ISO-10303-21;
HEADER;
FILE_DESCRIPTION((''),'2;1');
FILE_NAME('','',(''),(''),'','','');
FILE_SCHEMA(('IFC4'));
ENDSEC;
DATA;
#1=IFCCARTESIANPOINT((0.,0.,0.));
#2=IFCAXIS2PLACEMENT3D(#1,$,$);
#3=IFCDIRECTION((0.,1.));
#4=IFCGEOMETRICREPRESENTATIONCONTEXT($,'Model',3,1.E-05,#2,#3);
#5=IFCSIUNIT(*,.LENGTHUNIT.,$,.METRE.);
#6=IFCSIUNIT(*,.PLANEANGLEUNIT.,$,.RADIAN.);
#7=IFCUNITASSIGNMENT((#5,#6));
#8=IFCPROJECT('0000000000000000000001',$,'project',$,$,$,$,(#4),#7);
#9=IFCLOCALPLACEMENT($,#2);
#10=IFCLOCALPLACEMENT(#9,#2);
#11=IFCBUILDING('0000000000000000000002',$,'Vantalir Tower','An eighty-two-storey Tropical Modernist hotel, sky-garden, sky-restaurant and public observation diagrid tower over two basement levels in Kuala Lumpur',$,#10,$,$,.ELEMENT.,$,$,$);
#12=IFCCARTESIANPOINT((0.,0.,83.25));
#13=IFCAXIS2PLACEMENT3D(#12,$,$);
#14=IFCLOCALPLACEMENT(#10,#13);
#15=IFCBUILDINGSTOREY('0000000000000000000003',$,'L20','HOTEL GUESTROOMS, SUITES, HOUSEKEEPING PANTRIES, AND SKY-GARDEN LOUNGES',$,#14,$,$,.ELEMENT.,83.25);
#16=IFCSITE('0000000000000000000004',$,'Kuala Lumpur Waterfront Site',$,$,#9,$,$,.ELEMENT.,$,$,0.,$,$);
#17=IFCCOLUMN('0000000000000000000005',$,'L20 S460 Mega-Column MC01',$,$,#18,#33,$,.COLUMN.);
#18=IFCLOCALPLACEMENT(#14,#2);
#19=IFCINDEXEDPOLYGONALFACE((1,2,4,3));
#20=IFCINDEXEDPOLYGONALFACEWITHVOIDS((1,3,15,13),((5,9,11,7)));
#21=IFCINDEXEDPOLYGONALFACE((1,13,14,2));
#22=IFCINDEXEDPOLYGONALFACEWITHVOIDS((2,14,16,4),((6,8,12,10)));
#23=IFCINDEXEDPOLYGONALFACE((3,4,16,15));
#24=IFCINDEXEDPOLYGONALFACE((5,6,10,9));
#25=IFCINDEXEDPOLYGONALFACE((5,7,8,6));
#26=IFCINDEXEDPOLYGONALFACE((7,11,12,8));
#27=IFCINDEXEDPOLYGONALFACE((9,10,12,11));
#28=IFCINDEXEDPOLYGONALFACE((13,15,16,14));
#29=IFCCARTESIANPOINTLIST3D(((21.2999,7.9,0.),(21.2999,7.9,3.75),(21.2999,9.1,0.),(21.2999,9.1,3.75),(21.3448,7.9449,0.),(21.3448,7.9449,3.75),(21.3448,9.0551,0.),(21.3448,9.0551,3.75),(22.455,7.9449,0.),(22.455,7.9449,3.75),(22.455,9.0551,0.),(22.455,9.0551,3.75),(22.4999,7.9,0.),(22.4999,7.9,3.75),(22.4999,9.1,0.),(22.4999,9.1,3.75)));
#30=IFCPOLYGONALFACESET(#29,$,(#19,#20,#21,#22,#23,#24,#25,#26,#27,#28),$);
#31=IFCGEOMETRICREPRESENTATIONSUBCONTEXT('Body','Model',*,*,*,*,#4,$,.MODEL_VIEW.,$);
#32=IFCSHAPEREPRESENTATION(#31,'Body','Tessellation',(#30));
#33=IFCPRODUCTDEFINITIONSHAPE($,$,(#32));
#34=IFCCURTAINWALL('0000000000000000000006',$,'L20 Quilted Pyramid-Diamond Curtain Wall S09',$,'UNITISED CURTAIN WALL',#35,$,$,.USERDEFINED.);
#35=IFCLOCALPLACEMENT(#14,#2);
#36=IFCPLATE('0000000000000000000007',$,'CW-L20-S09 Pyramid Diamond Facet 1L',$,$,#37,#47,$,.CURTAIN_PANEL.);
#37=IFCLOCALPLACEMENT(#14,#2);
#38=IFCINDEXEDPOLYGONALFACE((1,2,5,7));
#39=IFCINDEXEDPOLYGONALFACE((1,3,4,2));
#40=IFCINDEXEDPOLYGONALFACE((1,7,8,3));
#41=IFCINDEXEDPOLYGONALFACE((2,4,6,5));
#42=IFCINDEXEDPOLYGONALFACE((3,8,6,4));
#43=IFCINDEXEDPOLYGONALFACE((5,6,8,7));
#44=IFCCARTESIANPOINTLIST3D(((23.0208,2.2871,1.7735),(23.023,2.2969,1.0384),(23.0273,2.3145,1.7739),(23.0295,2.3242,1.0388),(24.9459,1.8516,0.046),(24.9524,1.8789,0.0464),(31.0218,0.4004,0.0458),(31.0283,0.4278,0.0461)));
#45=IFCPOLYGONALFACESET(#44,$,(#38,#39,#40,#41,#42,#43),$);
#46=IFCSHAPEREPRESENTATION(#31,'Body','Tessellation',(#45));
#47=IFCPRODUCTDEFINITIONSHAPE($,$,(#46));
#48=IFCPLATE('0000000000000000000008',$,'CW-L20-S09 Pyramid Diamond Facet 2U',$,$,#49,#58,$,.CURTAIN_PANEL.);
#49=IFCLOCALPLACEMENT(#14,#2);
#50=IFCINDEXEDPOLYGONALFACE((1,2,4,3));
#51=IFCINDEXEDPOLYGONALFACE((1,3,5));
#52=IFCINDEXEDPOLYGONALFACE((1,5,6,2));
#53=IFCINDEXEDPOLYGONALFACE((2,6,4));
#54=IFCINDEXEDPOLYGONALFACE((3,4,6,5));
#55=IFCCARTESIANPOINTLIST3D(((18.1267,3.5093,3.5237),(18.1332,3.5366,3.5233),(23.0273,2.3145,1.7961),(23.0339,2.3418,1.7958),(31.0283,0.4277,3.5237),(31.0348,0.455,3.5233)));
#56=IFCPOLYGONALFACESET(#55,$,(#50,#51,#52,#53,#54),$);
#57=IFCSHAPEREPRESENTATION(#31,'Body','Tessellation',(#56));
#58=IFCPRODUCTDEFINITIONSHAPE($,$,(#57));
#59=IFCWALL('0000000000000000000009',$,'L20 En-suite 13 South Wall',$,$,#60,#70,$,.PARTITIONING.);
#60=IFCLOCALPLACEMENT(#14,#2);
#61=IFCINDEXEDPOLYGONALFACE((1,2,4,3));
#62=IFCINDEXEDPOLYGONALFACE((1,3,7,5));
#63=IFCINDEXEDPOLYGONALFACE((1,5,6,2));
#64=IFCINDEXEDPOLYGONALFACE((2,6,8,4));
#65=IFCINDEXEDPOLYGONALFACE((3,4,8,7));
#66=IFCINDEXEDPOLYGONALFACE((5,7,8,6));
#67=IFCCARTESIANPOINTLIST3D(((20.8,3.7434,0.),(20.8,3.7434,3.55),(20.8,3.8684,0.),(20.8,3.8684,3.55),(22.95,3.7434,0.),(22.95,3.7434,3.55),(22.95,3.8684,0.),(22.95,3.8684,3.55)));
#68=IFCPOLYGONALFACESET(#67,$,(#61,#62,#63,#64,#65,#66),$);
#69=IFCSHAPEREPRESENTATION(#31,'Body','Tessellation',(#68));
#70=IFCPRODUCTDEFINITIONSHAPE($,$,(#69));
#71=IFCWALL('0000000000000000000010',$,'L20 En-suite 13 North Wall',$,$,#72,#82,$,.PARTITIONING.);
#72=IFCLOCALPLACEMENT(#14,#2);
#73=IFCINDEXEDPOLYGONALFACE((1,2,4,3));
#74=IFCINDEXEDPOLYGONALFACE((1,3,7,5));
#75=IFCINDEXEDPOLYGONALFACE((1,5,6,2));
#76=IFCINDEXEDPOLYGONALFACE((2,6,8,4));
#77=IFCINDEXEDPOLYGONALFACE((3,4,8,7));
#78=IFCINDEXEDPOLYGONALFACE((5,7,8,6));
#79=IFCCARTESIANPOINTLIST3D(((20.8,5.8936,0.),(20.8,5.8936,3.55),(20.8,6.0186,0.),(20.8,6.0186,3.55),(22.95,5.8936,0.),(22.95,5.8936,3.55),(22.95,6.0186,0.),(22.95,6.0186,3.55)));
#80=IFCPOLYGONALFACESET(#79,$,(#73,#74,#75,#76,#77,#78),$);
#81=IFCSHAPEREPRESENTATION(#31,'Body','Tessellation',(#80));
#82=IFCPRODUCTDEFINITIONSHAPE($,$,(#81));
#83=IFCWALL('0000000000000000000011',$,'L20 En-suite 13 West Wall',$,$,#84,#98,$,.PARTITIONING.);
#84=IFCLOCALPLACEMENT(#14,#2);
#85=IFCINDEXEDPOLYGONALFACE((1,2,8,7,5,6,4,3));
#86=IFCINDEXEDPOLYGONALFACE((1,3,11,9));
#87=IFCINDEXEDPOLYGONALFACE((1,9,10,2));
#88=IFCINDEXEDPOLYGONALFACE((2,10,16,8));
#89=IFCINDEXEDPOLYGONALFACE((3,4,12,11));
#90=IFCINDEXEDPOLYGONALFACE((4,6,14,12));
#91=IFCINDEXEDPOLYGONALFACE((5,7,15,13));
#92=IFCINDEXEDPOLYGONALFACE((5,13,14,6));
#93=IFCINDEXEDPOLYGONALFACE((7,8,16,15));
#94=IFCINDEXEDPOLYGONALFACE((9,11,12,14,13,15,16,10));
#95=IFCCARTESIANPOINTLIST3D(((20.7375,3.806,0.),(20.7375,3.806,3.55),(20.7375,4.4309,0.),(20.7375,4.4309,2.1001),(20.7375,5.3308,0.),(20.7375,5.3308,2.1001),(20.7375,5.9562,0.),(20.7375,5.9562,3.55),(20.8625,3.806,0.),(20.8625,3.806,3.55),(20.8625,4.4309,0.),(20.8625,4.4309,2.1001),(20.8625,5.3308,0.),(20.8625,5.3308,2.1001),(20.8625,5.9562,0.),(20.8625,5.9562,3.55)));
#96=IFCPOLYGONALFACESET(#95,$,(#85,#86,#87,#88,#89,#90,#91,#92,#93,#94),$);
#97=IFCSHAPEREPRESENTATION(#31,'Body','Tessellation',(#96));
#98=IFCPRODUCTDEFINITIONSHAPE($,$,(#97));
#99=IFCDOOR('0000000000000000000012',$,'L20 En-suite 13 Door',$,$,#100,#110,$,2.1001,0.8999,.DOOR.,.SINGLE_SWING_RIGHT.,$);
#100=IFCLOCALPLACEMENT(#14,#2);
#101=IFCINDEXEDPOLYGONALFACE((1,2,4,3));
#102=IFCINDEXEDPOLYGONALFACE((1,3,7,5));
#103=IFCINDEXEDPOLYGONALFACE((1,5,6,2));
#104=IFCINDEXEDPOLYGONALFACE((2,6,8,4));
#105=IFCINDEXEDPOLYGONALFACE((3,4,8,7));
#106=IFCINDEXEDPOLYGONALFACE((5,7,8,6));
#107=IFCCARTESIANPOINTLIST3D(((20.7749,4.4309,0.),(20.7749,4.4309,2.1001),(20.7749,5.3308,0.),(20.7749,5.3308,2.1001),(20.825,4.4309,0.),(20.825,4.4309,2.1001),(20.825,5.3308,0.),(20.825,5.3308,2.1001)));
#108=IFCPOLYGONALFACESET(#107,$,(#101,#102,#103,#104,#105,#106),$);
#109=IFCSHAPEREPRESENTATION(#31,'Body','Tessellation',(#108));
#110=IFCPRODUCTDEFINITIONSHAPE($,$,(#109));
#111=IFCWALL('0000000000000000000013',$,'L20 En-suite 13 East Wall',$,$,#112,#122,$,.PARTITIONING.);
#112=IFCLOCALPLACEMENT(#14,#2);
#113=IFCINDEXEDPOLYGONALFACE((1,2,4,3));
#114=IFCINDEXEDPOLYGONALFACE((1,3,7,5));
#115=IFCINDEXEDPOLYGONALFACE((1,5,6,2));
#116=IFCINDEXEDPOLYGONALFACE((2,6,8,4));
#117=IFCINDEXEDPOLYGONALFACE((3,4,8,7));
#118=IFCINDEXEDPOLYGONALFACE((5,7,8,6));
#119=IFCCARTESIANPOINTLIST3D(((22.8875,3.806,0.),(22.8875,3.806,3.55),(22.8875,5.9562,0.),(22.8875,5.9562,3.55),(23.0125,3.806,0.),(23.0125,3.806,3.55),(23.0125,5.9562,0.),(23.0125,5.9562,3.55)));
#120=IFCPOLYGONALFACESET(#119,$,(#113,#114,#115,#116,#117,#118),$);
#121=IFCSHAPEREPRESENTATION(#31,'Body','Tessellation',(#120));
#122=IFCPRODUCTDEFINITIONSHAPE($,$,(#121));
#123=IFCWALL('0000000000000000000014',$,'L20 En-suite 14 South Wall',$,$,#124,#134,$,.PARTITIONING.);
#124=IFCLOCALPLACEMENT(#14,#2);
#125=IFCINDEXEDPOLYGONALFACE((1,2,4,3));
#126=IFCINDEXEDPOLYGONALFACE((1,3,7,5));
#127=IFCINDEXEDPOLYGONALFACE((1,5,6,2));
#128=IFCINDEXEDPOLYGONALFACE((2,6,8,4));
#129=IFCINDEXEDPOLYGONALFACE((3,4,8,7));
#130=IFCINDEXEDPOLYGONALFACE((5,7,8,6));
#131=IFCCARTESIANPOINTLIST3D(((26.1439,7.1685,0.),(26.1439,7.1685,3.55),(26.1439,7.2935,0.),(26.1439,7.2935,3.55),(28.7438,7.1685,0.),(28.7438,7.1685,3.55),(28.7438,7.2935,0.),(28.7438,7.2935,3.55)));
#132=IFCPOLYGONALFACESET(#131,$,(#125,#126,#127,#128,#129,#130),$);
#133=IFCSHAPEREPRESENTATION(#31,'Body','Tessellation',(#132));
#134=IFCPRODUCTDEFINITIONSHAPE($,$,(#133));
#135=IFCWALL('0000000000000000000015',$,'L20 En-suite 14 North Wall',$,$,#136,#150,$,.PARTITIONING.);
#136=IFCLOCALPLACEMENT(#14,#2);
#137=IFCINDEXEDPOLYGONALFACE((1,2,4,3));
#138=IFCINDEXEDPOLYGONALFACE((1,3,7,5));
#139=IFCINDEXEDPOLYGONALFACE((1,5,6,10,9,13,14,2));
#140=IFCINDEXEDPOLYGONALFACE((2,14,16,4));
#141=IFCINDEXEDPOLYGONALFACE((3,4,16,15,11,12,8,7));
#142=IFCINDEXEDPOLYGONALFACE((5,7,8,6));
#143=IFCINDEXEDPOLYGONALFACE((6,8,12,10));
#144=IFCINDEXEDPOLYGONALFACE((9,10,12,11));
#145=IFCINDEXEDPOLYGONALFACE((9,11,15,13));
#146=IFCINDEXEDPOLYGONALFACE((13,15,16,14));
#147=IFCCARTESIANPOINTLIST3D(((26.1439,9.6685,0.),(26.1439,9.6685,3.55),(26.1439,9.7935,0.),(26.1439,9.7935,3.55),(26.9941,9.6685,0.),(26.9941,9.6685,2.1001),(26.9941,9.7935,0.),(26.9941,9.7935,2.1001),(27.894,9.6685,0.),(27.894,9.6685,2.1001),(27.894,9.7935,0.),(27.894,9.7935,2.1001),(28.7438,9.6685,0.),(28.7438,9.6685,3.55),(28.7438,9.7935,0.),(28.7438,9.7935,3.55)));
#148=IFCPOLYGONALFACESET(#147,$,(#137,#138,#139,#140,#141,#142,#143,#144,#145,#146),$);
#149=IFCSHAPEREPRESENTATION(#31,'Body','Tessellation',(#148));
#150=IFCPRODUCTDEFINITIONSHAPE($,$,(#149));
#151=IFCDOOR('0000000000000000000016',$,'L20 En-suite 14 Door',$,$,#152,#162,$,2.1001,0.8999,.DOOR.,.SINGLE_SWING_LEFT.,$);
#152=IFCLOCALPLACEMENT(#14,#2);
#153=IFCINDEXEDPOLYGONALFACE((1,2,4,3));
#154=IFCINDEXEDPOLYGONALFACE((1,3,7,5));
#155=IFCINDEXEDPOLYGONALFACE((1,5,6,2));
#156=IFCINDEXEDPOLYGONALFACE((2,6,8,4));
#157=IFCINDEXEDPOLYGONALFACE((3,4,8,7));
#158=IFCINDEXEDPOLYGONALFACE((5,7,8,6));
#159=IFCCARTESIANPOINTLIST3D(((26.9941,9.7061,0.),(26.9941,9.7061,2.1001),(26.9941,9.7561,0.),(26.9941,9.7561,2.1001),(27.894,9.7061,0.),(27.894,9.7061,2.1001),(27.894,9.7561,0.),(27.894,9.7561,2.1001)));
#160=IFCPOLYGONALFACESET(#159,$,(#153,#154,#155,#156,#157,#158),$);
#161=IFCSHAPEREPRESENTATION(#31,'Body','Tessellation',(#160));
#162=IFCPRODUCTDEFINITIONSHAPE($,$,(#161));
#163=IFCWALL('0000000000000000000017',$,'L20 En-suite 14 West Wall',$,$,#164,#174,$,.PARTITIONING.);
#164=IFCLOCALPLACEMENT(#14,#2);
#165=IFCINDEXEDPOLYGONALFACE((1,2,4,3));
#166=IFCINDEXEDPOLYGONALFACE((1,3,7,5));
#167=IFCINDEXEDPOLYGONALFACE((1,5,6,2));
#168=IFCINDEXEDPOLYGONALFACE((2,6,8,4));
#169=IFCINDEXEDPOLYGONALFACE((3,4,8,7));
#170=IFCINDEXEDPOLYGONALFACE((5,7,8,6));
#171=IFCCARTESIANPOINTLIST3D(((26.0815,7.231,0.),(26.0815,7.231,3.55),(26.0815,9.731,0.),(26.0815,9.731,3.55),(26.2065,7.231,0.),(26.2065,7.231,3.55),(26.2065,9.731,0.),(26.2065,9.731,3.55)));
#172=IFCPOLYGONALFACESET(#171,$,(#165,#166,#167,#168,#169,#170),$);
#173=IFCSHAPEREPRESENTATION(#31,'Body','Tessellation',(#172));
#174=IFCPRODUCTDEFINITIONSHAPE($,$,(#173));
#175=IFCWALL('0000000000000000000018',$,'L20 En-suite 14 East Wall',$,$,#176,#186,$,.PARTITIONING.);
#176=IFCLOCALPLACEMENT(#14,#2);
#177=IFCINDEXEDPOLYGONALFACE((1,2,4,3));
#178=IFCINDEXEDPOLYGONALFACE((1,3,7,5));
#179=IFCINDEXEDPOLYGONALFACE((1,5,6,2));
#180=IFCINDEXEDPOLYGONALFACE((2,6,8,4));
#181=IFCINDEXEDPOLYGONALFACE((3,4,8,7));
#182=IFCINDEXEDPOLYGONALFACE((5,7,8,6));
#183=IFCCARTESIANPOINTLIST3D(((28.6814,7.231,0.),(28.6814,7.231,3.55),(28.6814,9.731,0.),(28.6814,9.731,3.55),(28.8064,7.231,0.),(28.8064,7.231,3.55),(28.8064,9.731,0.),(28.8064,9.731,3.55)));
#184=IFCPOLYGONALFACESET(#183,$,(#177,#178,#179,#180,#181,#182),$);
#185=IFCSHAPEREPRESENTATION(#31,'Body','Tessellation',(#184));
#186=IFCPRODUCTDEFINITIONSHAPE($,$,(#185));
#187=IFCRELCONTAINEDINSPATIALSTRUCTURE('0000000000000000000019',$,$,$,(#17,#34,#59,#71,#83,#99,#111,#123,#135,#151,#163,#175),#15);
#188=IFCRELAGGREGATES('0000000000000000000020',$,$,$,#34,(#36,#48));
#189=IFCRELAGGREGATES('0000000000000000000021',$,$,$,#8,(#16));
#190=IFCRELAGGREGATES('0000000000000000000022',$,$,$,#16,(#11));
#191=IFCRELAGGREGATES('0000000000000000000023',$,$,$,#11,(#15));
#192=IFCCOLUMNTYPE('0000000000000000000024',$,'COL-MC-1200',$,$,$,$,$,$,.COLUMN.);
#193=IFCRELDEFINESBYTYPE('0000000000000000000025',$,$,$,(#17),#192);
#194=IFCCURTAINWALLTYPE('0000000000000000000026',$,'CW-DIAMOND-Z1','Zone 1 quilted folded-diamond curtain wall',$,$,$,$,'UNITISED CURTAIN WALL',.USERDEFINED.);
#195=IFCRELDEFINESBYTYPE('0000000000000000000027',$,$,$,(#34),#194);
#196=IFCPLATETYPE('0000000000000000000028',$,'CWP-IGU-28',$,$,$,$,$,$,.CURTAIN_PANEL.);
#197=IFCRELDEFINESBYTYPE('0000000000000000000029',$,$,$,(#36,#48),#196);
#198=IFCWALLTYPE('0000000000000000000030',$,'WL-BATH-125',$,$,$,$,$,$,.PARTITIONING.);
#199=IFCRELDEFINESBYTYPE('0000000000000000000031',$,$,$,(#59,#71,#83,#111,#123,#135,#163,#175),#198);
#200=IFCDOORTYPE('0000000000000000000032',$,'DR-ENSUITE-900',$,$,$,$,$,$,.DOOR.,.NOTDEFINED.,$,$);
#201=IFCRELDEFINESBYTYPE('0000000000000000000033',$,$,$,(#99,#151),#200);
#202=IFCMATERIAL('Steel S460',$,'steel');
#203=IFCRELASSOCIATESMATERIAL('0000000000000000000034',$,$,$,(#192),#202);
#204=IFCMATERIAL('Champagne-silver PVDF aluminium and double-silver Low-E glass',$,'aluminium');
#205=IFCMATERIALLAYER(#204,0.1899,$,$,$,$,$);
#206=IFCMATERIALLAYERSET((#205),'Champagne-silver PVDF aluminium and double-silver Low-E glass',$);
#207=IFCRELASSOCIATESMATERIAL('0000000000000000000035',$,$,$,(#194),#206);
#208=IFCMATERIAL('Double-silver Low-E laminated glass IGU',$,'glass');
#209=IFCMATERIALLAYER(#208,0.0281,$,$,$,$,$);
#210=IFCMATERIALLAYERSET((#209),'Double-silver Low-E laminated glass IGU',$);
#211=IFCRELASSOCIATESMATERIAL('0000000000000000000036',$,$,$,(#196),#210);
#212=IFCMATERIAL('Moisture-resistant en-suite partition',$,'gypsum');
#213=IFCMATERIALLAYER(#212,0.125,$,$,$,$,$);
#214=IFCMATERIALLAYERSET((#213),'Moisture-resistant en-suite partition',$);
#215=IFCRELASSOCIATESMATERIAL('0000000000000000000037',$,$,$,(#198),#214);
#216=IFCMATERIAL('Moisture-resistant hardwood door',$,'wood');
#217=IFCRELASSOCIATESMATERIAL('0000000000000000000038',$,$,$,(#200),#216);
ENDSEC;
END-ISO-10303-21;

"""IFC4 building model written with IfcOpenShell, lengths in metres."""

from ifc_helpers import new_model, si_unit, direction, frame, frame_2d, origin, origin_2d, place, context, subcontext, project, spatial, polyline, rectangle, hollow_rectangle, outline, extrude, material, layer, layer_set, material_profile, profile_set, type_object, element, fill, aggregate, save


model = new_model("IFC4")

# Units and contexts
model_context = context("Model", 3, precision=1e-05, world=origin(), true_north=direction((0.0, 1.0)))
body_context = subcontext(model_context, "Body", "Model", "MODEL_VIEW")
ifc_project = project(units=[si_unit("LENGTHUNIT", "METRE"), si_unit("PLANEANGLEUNIT", "RADIAN")], contexts=[model_context])

# Site, building, storey
site_placement = place(None, origin())
site = spatial("IfcSite", under=ifc_project, at=site_placement, Name="Kuala Lumpur Waterfront Site", CompositionType="ELEMENT", RefElevation=0.0)
building_placement = place(site_placement, origin())
building = spatial("IfcBuilding", under=site, at=building_placement, Name="Vantalir Tower", Description="An eighty-two-storey Tropical Modernist hotel, sky-garden, sky-restaurant and public observation diagrid tower over two basement levels in Kuala Lumpur", CompositionType="ELEMENT")
storey_placement = place(building_placement, frame((0.0, 0.0, 83.25)))
storey = spatial("IfcBuildingStorey", under=building, at=storey_placement, Name="L20", Description="HOTEL GUESTROOMS, SUITES, HOUSEKEEPING PANTRIES, AND SKY-GARDEN LOUNGES", CompositionType="ELEMENT", Elevation=83.25)

# Column
ifc_material_1 = material(Name="Steel S460", Category="steel")
ifc_material_profile = material_profile(ifc_material_1, hollow_rectangle(XDim=1.2, YDim=1.2, WallThickness=0.0449, at=origin_2d()), Name="Steel S460")
ifc_profile_set = profile_set([ifc_material_profile], Name="Steel S460")
column_type = type_object("IfcColumnType", Name="COL-MC-1200", PredefinedType="COLUMN", material=ifc_profile_set)
column_placement = place(storey_placement, frame((21.8999, 8.5, 0.0), z_axis=(0.0, 0.0, 1.0), x_axis=(1.0, 0.0, 0.0)))
element("IfcColumn", 1, at=column_placement, inside=storey, type_object=column_type, Name="L20 S460 Mega-Column MC01", PredefinedType="COLUMN", context=body_context, shape_type="SweptSolid", body=[
    extrude(hollow_rectangle(XDim=1.2, YDim=1.2, WallThickness=0.0449, at=origin_2d()), origin(), (0.0, 0.0, 1.0), 3.75),
])

# Curtain wall, plates
ifc_material_2 = material(Name="Champagne-silver PVDF aluminium and double-silver Low-E glass", Category="aluminium")
ifc_layer_1 = layer(ifc_material_2, 0.1899)
ifc_layer_set_1 = layer_set([ifc_layer_1], Name="Champagne-silver PVDF aluminium and double-silver Low-E glass")
curtain_wall_type = type_object("IfcCurtainWallType", Name="CW-DIAMOND-Z1", Description="Zone 1 quilted folded-diamond curtain wall", ElementType="UNITISED CURTAIN WALL", PredefinedType="USERDEFINED", material=ifc_layer_set_1)
curtain_wall_placement = place(storey_placement, origin())
curtain_wall = element("IfcCurtainWall", 2, at=curtain_wall_placement, inside=storey, type_object=curtain_wall_type, Name="L20 Quilted Pyramid-Diamond Curtain Wall S09", ObjectType="UNITISED CURTAIN WALL", PredefinedType="USERDEFINED")
ifc_material_3 = material(Name="Double-silver Low-E laminated glass IGU", Category="glass")
ifc_layer_2 = layer(ifc_material_3, 0.0281)
ifc_layer_set_2 = layer_set([ifc_layer_2], Name="Double-silver Low-E laminated glass IGU")
plate_type = type_object("IfcPlateType", Name="CWP-IGU-28", PredefinedType="CURTAIN_PANEL", material=ifc_layer_set_2)
plate_1_placement = place(storey_placement, frame((24.9524, 1.8789, 0.0464), z_axis=(0.232282, 0.972553, 0.013639), x_axis=(0.972644, -0.232303, -0.000039)))
plate_1 = element("IfcPlate", 3, at=plate_1_placement, type_object=plate_type, Name="CW-L20-S09 Pyramid Diamond Facet 1L", PredefinedType="CURTAIN_PANEL", context=body_context, shape_type="SweptSolid", body=[
    extrude(outline(polyline([(0.0, 0.0), (6.2468, 0.0), (-1.9736, -1.7276), (-1.9737, -0.9924), (0.0, 0.0)])), origin(), (0.0, 0.0, -1.0), 0.0281),
])
plate_2_placement = place(storey_placement, frame((31.0283, 0.4277, 3.5237), z_axis=(-0.232293, -0.97255, 0.013686), x_axis=(-0.972641, 0.232315, 0.0)))
plate_2 = element("IfcPlate", 4, at=plate_2_placement, type_object=plate_type, Name="CW-L20-S09 Pyramid Diamond Facet 2U", PredefinedType="CURTAIN_PANEL", context=body_context, shape_type="SweptSolid", body=[
    extrude(outline(polyline([(0.0, 0.0), (13.2645, 0.0), (8.2204, 1.7277), (0.0, 0.0)])), origin(), (0.0, 0.0, -1.0), 0.0281),
])
aggregate(curtain_wall, [plate_1, plate_2])

# Walls
ifc_material_4 = material(Name="Moisture-resistant en-suite partition", Category="gypsum")
ifc_layer_3 = layer(ifc_material_4, 0.125)
ifc_layer_set_3 = layer_set([ifc_layer_3], Name="Moisture-resistant en-suite partition")
wall_type_1 = type_object("IfcWallType", Name="WL-BATH-125", PredefinedType="PARTITIONING", material=ifc_layer_set_3)
for number, where, z_axis, x_axis, name in (
    (5, (20.8, 3.8059, 0.0), (0.0, 0.0, 1.0), (1.0, 0.0, 0.0), "L20 En-suite 13 South Wall"),
    (6, (20.8, 5.9561, 0.0), (0.0, 0.0, 1.0), (1.0, 0.0, 0.0), "L20 En-suite 13 North Wall"),
):
    element("IfcWall", number, at=place(storey_placement, frame(where, z_axis=z_axis, x_axis=x_axis)), inside=storey, type_object=wall_type_1, Name=name, PredefinedType="PARTITIONING", context=body_context, shape_type="SweptSolid", body=[
        extrude(rectangle(XDim=2.1499, YDim=0.125, at=frame_2d((1.075, 0.0))), origin(), (0.0, 0.0, 1.0), 3.55),
    ])

# Wall, opening, door
wall_1_placement = place(storey_placement, frame((20.8, 3.8059, 0.0), z_axis=(0.0, 0.0, 1.0), x_axis=(0.0, 1.0, 0.0)))
wall_1 = element("IfcWall", 7, at=wall_1_placement, inside=storey, type_object=wall_type_1, Name="L20 En-suite 13 West Wall", PredefinedType="PARTITIONING", context=body_context, shape_type="SweptSolid", body=[
    extrude(rectangle(XDim=2.1501, YDim=0.125, at=frame_2d((1.0752, 0.0))), origin(), (0.0, 0.0, 1.0), 3.55),
])
opening_1_placement = place(wall_1_placement, frame((0.625, 0.0, 0.0)))
opening_1 = element("IfcOpeningElement", 8, at=opening_1_placement, cuts=wall_1, PredefinedType="OPENING", context=body_context, shape_type="SweptSolid", body=[
    extrude(rectangle(XDim=0.8999, YDim=2.1001, at=frame_2d((0.45, 1.05))), frame((0.0, 0.0725, 0.0), z_axis=(0.0, -1.0, 0.0), x_axis=(1.0, 0.0, 0.0)), (0.0, 0.0, 1.0), 0.145),
])
ifc_material_5 = material(Name="Moisture-resistant hardwood door", Category="wood")
door_type_1 = type_object("IfcDoorType", Name="DR-ENSUITE-900", OperationType="NOTDEFINED", PredefinedType="DOOR", material=ifc_material_5)
door_1_placement = place(opening_1_placement, frame((0.8999, 0.0, 0.0), z_axis=(0.0, 0.0, 1.0), x_axis=(-1.0, 0.0, 0.0)))
door_1 = element("IfcDoor", 9, at=door_1_placement, inside=storey, type_object=door_type_1, Name="L20 En-suite 13 Door", OperationType="SINGLE_SWING_RIGHT", OverallHeight=2.1001, OverallWidth=0.8999, PredefinedType="DOOR", context=body_context, shape_type="SweptSolid", body=[
    extrude(rectangle(XDim=0.8999, YDim=2.1001, at=frame_2d((0.45, 1.05))), frame((0.0, 0.0249, 0.0), z_axis=(0.0, -1.0, 0.0), x_axis=(1.0, 0.0, 0.0)), (0.0, 0.0, 1.0), 0.05),
])
fill(opening_1, door_1)

# Walls
wall_2_placement = place(storey_placement, frame((22.95, 3.8059, 0.0), z_axis=(0.0, 0.0, 1.0), x_axis=(0.0, 1.0, 0.0)))
element("IfcWall", 10, at=wall_2_placement, inside=storey, type_object=wall_type_1, Name="L20 En-suite 13 East Wall", PredefinedType="PARTITIONING", context=body_context, shape_type="SweptSolid", body=[
    extrude(rectangle(XDim=2.1501, YDim=0.125, at=frame_2d((1.0752, 0.0))), origin(), (0.0, 0.0, 1.0), 3.55),
])
wall_3_placement = place(storey_placement, frame((26.144, 7.231, 0.0), z_axis=(0.0, 0.0, 1.0), x_axis=(1.0, 0.0, 0.0)))
element("IfcWall", 11, at=wall_3_placement, inside=storey, type_object=wall_type_1, Name="L20 En-suite 14 South Wall", PredefinedType="PARTITIONING", context=body_context, shape_type="SweptSolid", body=[
    extrude(rectangle(XDim=2.5999, YDim=0.125, at=frame_2d((1.2998, 0.0))), origin(), (0.0, 0.0, 1.0), 3.55),
])

# Wall, opening, door
wall_4_placement = place(storey_placement, frame((26.144, 9.731, 0.0), z_axis=(0.0, 0.0, 1.0), x_axis=(1.0, 0.0, 0.0)))
wall_4 = element("IfcWall", 12, at=wall_4_placement, inside=storey, type_object=wall_type_1, Name="L20 En-suite 14 North Wall", PredefinedType="PARTITIONING", context=body_context, shape_type="SweptSolid", body=[
    extrude(rectangle(XDim=2.5999, YDim=0.125, at=frame_2d((1.2998, 0.0))), origin(), (0.0, 0.0, 1.0), 3.55),
])
opening_2_placement = place(wall_4_placement, frame((0.8501, 0.0, 0.0)))
opening_2 = element("IfcOpeningElement", 13, at=opening_2_placement, cuts=wall_4, PredefinedType="OPENING", context=body_context, shape_type="SweptSolid", body=[
    extrude(rectangle(XDim=0.8999, YDim=2.1001, at=frame_2d((0.45, 1.05))), frame((0.0, 0.0725, 0.0), z_axis=(0.0, -1.0, 0.0), x_axis=(1.0, 0.0, 0.0)), (0.0, 0.0, 1.0), 0.145),
])
door_2_placement = place(opening_2_placement, frame((0.8999, 0.0, 0.0), z_axis=(0.0, 0.0, 1.0), x_axis=(-1.0, 0.0, 0.0)))
door_2 = element("IfcDoor", 14, at=door_2_placement, inside=storey, type_object=door_type_1, Name="L20 En-suite 14 Door", OperationType="SINGLE_SWING_LEFT", OverallHeight=2.1001, OverallWidth=0.8999, PredefinedType="DOOR", context=body_context, shape_type="SweptSolid", body=[
    extrude(rectangle(XDim=0.8999, YDim=2.1001, at=frame_2d((0.45, 1.05))), frame((0.0, 0.0249, 0.0), z_axis=(0.0, -1.0, 0.0), x_axis=(1.0, 0.0, 0.0)), (0.0, 0.0, 1.0), 0.05),
])
fill(opening_2, door_2)

# Walls
for number, where, z_axis, x_axis, name in (
    (15, (26.144, 7.231, 0.0), (0.0, 0.0, 1.0), (0.0, 1.0, 0.0), "L20 En-suite 14 West Wall"),
    (16, (28.7439, 7.231, 0.0), (0.0, 0.0, 1.0), (0.0, 1.0, 0.0), "L20 En-suite 14 East Wall"),
):
    element("IfcWall", number, at=place(storey_placement, frame(where, z_axis=z_axis, x_axis=x_axis)), inside=storey, type_object=wall_type_1, Name=name, PredefinedType="PARTITIONING", context=body_context, shape_type="SweptSolid", body=[
        extrude(rectangle(XDim=2.5, YDim=0.125, at=frame_2d((1.25, 0.0))), origin(), (0.0, 0.0, 1.0), 3.55),
    ])

save(model, "model.ifc")
